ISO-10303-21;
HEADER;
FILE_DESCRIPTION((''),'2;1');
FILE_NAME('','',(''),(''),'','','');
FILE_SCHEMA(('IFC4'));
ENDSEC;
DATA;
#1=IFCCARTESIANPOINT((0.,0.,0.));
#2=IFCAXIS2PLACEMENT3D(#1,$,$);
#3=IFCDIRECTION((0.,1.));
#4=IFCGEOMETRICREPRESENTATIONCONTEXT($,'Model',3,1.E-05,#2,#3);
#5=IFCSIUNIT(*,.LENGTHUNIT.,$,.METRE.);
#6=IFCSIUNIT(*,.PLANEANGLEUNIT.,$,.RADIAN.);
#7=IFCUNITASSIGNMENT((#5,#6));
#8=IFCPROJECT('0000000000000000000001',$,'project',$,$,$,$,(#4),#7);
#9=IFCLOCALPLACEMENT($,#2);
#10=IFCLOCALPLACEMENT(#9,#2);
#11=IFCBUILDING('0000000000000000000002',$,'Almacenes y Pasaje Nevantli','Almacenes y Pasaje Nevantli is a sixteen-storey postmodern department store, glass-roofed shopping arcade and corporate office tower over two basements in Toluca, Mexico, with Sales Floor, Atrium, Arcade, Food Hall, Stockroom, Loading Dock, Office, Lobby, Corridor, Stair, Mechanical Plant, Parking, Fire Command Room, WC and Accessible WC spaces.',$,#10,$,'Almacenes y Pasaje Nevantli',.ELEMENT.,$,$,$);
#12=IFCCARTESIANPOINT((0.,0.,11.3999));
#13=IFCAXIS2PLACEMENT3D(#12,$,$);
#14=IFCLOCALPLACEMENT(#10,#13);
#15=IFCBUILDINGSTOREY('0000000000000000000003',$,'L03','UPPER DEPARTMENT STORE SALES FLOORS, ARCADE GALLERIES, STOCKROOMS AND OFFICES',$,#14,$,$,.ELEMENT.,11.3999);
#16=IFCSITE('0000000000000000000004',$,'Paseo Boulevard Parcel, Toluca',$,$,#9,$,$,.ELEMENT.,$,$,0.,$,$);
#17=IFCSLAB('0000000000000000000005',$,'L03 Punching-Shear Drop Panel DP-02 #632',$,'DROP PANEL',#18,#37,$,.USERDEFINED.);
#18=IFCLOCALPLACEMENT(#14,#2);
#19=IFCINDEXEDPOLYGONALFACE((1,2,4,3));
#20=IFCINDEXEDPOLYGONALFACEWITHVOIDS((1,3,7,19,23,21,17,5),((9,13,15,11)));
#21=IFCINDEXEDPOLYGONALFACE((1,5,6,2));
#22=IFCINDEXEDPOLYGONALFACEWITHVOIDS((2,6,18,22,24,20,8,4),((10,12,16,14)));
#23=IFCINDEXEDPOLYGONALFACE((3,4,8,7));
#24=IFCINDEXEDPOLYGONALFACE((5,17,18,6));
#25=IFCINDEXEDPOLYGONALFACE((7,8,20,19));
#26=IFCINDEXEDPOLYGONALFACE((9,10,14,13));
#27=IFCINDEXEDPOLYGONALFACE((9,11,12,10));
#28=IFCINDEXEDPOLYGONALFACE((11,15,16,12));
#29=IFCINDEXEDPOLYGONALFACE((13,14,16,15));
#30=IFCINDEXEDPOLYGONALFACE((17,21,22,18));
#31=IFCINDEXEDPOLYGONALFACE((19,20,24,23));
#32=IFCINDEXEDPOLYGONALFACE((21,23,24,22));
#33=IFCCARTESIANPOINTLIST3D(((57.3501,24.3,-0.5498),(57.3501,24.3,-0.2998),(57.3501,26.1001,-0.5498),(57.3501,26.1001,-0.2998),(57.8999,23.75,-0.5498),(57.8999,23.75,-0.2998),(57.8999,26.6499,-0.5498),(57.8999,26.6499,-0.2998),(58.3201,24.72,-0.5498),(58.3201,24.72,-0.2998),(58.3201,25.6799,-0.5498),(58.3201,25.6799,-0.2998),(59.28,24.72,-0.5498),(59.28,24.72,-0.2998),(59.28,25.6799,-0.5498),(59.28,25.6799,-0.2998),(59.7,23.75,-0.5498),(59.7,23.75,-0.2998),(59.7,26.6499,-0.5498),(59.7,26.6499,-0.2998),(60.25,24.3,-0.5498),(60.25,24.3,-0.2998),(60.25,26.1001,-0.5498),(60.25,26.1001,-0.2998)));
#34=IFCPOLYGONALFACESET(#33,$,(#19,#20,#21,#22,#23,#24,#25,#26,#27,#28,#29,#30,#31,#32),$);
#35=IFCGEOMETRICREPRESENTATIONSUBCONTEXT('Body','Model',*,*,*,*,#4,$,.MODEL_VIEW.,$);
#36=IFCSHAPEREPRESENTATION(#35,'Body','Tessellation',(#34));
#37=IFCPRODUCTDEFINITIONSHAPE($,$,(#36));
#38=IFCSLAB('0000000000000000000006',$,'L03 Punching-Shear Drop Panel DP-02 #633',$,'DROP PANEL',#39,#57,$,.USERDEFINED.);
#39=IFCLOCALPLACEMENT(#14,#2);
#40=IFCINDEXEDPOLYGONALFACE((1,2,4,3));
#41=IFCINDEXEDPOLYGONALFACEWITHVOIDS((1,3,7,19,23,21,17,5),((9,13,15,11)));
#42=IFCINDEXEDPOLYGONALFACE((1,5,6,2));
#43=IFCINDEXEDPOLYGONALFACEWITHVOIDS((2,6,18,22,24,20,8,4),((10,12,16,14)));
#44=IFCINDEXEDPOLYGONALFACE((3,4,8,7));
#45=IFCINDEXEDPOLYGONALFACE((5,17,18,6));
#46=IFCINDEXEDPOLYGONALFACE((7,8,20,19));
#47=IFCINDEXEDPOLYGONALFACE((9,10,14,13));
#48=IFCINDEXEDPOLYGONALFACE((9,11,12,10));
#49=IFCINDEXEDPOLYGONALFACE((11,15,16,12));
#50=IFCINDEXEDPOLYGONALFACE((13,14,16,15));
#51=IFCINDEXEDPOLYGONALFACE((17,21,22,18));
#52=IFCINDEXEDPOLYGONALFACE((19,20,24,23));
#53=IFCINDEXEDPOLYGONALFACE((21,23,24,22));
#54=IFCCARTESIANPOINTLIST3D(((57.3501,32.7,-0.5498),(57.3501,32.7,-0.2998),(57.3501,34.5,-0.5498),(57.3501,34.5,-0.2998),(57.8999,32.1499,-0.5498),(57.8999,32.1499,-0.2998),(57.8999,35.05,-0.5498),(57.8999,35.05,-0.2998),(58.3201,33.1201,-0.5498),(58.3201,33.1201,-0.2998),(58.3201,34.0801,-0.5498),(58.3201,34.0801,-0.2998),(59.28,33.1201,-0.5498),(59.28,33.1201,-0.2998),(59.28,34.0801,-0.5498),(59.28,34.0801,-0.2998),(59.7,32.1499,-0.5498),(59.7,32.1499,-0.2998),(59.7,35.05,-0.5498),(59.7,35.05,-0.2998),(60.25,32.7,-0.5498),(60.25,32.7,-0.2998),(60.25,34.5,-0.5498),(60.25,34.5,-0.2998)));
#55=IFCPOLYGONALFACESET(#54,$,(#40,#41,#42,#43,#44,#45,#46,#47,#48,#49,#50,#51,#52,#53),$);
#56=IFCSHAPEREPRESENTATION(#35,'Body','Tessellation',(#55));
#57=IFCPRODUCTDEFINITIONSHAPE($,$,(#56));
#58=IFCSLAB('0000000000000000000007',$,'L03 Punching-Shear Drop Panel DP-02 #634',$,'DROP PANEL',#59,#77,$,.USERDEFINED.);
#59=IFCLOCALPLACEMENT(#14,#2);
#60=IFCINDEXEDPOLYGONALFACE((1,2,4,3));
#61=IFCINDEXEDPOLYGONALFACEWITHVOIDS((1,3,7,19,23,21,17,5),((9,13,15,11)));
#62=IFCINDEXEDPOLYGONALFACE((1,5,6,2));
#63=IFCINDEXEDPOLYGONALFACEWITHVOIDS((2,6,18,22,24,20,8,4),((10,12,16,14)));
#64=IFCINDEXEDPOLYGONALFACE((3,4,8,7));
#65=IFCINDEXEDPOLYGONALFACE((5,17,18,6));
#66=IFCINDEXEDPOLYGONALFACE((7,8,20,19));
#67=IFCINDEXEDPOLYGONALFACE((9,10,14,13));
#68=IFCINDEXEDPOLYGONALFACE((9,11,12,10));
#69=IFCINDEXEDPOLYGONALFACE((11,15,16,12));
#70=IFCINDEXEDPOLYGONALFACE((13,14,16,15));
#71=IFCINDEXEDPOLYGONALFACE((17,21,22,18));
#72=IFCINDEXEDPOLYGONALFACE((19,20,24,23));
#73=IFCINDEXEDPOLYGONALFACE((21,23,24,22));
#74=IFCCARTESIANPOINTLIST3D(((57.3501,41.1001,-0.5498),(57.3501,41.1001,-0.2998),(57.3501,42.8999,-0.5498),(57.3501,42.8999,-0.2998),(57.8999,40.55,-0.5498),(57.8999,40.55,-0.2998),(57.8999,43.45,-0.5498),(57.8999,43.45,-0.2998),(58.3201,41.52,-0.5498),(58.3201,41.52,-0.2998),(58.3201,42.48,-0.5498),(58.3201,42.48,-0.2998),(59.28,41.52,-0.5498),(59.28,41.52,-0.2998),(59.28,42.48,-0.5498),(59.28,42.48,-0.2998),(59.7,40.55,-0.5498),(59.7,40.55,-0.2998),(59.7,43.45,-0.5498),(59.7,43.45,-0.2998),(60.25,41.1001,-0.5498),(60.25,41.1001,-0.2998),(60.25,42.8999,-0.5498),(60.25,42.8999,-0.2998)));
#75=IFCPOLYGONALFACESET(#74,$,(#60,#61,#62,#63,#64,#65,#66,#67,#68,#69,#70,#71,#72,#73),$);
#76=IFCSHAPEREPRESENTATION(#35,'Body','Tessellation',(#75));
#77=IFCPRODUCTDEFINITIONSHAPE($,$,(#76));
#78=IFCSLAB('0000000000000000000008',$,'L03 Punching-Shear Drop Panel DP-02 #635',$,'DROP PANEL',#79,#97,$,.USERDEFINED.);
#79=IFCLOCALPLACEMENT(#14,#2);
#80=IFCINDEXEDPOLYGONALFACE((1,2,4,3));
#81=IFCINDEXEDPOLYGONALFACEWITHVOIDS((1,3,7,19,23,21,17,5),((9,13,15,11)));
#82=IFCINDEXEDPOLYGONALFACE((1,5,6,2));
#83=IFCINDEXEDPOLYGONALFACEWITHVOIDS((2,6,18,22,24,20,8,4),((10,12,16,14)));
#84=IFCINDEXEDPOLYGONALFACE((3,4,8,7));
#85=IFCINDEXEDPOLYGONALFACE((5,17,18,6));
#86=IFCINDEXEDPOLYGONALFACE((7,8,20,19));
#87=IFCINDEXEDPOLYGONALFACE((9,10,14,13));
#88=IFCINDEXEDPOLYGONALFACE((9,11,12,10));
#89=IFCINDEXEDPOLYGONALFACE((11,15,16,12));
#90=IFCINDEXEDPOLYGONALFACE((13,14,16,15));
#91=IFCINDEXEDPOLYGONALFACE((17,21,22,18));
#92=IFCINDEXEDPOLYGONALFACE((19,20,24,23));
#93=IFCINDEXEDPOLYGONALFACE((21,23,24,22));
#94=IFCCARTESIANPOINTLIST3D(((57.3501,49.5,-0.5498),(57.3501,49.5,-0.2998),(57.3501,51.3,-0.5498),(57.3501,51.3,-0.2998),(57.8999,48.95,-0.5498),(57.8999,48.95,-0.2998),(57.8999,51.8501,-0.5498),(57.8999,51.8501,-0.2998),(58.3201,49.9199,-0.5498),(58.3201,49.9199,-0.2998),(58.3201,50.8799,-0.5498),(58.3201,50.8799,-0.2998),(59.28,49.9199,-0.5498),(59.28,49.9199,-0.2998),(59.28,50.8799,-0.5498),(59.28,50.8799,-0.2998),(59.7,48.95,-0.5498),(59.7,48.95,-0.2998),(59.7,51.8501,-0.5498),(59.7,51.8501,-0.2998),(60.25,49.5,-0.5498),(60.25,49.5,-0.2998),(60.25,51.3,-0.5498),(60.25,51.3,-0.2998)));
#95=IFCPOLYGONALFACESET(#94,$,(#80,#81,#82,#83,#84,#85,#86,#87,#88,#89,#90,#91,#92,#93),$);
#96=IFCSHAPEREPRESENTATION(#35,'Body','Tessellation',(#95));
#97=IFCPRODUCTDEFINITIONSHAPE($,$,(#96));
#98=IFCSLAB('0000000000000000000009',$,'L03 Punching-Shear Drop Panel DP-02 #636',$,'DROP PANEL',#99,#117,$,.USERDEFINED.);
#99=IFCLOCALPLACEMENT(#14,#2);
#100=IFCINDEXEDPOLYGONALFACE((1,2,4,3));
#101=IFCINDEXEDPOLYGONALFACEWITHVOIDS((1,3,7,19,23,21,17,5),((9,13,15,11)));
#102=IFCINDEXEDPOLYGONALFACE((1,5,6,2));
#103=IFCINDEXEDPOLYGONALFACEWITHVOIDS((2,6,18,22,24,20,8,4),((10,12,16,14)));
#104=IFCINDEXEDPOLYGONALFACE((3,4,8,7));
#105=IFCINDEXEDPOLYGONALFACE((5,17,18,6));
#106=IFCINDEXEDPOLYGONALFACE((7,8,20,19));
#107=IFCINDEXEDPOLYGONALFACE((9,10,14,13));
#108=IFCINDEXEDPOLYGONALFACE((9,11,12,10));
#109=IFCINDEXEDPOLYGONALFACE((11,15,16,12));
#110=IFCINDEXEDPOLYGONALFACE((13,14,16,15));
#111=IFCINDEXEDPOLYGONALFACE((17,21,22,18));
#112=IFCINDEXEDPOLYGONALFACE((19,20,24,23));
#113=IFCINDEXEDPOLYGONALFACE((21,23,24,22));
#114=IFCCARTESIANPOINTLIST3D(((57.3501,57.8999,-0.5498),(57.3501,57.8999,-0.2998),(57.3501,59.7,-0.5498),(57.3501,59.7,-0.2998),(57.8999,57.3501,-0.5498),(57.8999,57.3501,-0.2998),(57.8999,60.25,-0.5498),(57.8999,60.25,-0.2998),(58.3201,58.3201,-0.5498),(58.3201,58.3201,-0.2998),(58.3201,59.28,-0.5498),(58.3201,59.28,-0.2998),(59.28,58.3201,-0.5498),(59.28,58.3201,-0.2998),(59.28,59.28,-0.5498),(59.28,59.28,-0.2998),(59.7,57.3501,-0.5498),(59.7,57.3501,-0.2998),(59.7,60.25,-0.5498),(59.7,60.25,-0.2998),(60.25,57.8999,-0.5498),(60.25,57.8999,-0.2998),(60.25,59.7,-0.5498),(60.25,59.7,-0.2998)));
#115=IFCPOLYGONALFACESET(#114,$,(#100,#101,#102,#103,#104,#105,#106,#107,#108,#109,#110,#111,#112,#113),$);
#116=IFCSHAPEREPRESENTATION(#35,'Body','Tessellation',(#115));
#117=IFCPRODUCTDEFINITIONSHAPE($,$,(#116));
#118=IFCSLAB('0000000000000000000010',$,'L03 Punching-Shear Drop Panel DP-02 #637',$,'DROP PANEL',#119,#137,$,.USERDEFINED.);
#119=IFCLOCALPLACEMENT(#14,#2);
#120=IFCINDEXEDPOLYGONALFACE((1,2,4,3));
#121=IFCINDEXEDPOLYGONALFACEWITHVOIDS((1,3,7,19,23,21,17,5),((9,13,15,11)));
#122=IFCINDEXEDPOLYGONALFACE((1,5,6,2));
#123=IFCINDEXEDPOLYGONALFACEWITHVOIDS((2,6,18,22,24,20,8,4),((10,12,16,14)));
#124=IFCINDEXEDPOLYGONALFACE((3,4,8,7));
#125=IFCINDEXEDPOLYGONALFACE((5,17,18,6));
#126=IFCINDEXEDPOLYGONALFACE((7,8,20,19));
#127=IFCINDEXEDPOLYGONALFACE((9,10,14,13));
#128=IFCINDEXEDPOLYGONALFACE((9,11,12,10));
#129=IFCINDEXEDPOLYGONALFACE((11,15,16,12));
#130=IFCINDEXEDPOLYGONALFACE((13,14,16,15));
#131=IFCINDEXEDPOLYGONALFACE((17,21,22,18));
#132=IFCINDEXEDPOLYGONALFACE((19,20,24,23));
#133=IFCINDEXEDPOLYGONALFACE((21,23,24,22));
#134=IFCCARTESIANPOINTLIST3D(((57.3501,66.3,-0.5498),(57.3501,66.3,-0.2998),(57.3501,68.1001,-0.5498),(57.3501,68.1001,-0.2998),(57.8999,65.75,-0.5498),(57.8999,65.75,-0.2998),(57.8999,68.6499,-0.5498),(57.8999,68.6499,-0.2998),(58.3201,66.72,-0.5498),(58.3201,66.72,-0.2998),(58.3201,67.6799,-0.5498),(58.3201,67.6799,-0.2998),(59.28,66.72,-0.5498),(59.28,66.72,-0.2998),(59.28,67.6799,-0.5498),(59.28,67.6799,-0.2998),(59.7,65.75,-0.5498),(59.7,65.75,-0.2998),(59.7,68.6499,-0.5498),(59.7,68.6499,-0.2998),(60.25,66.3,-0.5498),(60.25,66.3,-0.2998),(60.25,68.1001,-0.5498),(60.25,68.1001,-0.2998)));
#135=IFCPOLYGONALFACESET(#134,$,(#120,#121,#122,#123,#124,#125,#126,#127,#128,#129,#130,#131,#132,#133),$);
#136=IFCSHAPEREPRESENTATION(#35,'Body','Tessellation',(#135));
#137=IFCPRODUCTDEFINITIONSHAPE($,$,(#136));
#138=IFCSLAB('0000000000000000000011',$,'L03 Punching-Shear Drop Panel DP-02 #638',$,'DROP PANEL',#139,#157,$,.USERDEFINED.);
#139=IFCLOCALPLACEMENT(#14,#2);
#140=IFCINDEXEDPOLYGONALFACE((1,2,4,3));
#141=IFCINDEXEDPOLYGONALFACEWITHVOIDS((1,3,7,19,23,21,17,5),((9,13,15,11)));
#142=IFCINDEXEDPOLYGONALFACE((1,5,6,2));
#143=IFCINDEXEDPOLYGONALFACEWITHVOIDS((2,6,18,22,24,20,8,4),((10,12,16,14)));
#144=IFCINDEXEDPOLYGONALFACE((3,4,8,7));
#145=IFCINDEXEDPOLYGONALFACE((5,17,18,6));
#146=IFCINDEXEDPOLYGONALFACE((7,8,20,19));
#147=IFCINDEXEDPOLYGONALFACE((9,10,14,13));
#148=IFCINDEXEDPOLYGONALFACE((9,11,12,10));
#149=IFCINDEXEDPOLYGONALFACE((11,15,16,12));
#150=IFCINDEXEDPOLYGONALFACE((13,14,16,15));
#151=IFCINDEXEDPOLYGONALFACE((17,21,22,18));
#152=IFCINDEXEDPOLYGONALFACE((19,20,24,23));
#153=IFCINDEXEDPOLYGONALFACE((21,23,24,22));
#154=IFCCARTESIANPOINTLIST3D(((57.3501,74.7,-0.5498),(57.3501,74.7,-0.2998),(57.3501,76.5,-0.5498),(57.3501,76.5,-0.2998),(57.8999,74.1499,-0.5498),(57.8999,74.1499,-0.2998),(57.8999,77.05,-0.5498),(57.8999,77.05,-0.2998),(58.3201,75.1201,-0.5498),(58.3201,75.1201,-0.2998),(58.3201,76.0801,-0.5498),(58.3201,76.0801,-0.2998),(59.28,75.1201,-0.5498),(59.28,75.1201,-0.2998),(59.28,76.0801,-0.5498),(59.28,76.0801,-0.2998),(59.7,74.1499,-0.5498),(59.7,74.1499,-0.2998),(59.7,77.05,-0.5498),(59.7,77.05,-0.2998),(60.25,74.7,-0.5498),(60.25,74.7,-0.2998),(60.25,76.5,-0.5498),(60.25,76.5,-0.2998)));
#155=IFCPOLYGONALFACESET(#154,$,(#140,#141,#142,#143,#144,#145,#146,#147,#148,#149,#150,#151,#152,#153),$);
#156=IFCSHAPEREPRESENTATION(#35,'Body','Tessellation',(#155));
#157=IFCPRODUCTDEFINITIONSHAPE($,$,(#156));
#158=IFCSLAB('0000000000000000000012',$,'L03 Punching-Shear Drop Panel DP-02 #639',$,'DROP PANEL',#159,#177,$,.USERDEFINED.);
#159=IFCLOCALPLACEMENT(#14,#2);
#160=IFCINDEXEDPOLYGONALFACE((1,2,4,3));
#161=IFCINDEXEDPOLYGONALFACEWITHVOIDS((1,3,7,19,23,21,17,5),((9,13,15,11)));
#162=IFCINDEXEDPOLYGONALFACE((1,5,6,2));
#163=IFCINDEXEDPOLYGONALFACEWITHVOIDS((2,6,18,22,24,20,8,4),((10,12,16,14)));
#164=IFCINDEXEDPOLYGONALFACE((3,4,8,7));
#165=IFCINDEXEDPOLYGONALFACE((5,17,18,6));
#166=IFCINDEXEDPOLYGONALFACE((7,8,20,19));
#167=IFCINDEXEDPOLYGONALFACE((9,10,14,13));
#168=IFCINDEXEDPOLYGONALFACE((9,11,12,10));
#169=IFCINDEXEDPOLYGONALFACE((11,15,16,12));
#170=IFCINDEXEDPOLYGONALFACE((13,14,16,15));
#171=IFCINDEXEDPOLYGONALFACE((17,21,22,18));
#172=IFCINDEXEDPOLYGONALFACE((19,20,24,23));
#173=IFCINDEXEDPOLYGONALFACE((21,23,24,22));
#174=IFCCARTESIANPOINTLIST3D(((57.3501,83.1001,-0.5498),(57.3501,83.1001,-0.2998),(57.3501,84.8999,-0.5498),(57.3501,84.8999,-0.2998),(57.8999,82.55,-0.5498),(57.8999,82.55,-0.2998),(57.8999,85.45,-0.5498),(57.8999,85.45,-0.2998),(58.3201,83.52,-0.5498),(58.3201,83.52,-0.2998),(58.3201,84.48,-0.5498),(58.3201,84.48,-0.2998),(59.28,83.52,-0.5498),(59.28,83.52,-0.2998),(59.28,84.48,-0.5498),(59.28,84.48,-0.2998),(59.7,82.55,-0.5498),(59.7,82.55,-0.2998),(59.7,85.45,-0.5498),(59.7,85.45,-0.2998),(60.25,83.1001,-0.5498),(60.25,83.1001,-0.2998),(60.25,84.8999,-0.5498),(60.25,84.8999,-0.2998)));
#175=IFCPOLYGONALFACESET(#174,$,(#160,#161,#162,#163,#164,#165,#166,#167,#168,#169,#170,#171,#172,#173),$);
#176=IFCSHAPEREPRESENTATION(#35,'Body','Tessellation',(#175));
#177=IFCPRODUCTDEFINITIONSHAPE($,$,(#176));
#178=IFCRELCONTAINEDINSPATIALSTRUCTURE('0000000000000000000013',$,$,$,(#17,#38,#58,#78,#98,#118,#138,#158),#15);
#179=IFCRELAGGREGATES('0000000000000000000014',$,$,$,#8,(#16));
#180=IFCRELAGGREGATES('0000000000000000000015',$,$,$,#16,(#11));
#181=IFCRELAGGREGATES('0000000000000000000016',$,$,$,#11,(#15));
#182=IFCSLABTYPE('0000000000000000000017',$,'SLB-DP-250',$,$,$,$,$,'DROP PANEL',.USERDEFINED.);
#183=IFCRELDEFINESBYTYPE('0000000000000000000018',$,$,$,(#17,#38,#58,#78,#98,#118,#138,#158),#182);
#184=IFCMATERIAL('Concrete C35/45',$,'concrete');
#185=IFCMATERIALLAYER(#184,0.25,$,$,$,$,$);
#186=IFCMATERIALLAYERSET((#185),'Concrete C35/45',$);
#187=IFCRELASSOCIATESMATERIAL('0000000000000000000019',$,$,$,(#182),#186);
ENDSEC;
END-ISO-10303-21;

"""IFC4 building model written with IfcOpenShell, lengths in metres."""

from ifc_helpers import new_model, si_unit, direction, frame, origin, place, context, subcontext, project, spatial, polyline, outline, extrude, material, layer, layer_set, type_object, element, save


model = new_model("IFC4")

# Units and contexts
model_context = context("Model", 3, precision=1e-05, world=origin(), true_north=direction((0.0, 1.0)))
body_context = subcontext(model_context, "Body", "Model", "MODEL_VIEW")
ifc_project = project(units=[si_unit("LENGTHUNIT", "METRE"), si_unit("PLANEANGLEUNIT", "RADIAN")], contexts=[model_context])

# Site, building, storey
site_placement = place(None, origin())
site = spatial("IfcSite", under=ifc_project, at=site_placement, Name="Paseo Boulevard Parcel, Toluca", CompositionType="ELEMENT", RefElevation=0.0)
building_placement = place(site_placement, origin())
building = spatial("IfcBuilding", under=site, at=building_placement, Name="Almacenes y Pasaje Nevantli", Description="Almacenes y Pasaje Nevantli is a sixteen-storey postmodern department store, glass-roofed shopping arcade and corporate office tower over two basements in Toluca, Mexico, with Sales Floor, Atrium, Arcade, Food Hall, Stockroom, Loading Dock, Office, Lobby, Corridor, Stair, Mechanical Plant, Parking, Fire Command Room, WC and Accessible WC spaces.", LongName="Almacenes y Pasaje Nevantli", CompositionType="ELEMENT")
storey_placement = place(building_placement, frame((0.0, 0.0, 11.3999)))
storey = spatial("IfcBuildingStorey", under=building, at=storey_placement, Name="L03", Description="UPPER DEPARTMENT STORE SALES FLOORS, ARCADE GALLERIES, STOCKROOMS AND OFFICES", CompositionType="ELEMENT", Elevation=11.3999)

# Slabs
ifc_material = material(Name="Concrete C35/45", Category="concrete")
ifc_layer = layer(ifc_material, 0.25)
ifc_layer_set = layer_set([ifc_layer], Name="Concrete C35/45")
slab_type = type_object("IfcSlabType", Name="SLB-DP-250", ElementType="DROP PANEL", PredefinedType="USERDEFINED", material=ifc_layer_set)
slab_1_placement = place(storey_placement, frame((0.0, 0.0, -0.5498)))
element("IfcSlab", 1, at=slab_1_placement, inside=storey, type_object=slab_type, Name="L03 Punching-Shear Drop Panel DP-02 #632", ObjectType="DROP PANEL", PredefinedType="USERDEFINED", context=body_context, shape_type="SweptSolid", body=[
    extrude(outline(polyline([(57.8999, 23.75), (59.7, 23.75), (60.25, 24.3), (60.25, 26.1001), (59.7, 26.6499), (57.8999, 26.6499), (57.3501, 26.1001), (57.3501, 24.3), (57.8999, 23.75)]), holes=[polyline([(58.3201, 24.72), (59.28, 24.72), (59.28, 25.6799), (58.3201, 25.6799), (58.3201, 24.72)])]), origin(), (0.0, 0.0, 1.0), 0.25),
])
slab_2_placement = place(storey_placement, frame((0.0, 0.0, -0.5498)))
element("IfcSlab", 2, at=slab_2_placement, inside=storey, type_object=slab_type, Name="L03 Punching-Shear Drop Panel DP-02 #633", ObjectType="DROP PANEL", PredefinedType="USERDEFINED", context=body_context, shape_type="SweptSolid", body=[
    extrude(outline(polyline([(57.8999, 32.1499), (59.7, 32.1499), (60.25, 32.7), (60.25, 34.5), (59.7, 35.05), (57.8999, 35.05), (57.3501, 34.5), (57.3501, 32.7), (57.8999, 32.1499)]), holes=[polyline([(58.3201, 33.1201), (59.28, 33.1201), (59.28, 34.0801), (58.3201, 34.0801), (58.3201, 33.1201)])]), origin(), (0.0, 0.0, 1.0), 0.25),
])
slab_3_placement = place(storey_placement, frame((0.0, 0.0, -0.5498)))
element("IfcSlab", 3, at=slab_3_placement, inside=storey, type_object=slab_type, Name="L03 Punching-Shear Drop Panel DP-02 #634", ObjectType="DROP PANEL", PredefinedType="USERDEFINED", context=body_context, shape_type="SweptSolid", body=[
    extrude(outline(polyline([(57.8999, 40.55), (59.7, 40.55), (60.25, 41.1001), (60.25, 42.8999), (59.7, 43.45), (57.8999, 43.45), (57.3501, 42.8999), (57.3501, 41.1001), (57.8999, 40.55)]), holes=[polyline([(58.3201, 41.52), (59.28, 41.52), (59.28, 42.48), (58.3201, 42.48), (58.3201, 41.52)])]), origin(), (0.0, 0.0, 1.0), 0.25),
])
slab_4_placement = place(storey_placement, frame((0.0, 0.0, -0.5498)))
element("IfcSlab", 4, at=slab_4_placement, inside=storey, type_object=slab_type, Name="L03 Punching-Shear Drop Panel DP-02 #635", ObjectType="DROP PANEL", PredefinedType="USERDEFINED", context=body_context, shape_type="SweptSolid", body=[
    extrude(outline(polyline([(57.8999, 48.95), (59.7, 48.95), (60.25, 49.5), (60.25, 51.3), (59.7, 51.8501), (57.8999, 51.8501), (57.3501, 51.3), (57.3501, 49.5), (57.8999, 48.95)]), holes=[polyline([(58.3201, 49.9199), (59.28, 49.9199), (59.28, 50.8799), (58.3201, 50.8799), (58.3201, 49.9199)])]), origin(), (0.0, 0.0, 1.0), 0.25),
])
slab_5_placement = place(storey_placement, frame((0.0, 0.0, -0.5498)))
element("IfcSlab", 5, at=slab_5_placement, inside=storey, type_object=slab_type, Name="L03 Punching-Shear Drop Panel DP-02 #636", ObjectType="DROP PANEL", PredefinedType="USERDEFINED", context=body_context, shape_type="SweptSolid", body=[
    extrude(outline(polyline([(57.8999, 57.3501), (59.7, 57.3501), (60.25, 57.8999), (60.25, 59.7), (59.7, 60.25), (57.8999, 60.25), (57.3501, 59.7), (57.3501, 57.8999), (57.8999, 57.3501)]), holes=[polyline([(58.3201, 58.3201), (59.28, 58.3201), (59.28, 59.28), (58.3201, 59.28), (58.3201, 58.3201)])]), origin(), (0.0, 0.0, 1.0), 0.25),
])
slab_6_placement = place(storey_placement, frame((0.0, 0.0, -0.5498)))
element("IfcSlab", 6, at=slab_6_placement, inside=storey, type_object=slab_type, Name="L03 Punching-Shear Drop Panel DP-02 #637", ObjectType="DROP PANEL", PredefinedType="USERDEFINED", context=body_context, shape_type="SweptSolid", body=[
    extrude(outline(polyline([(57.8999, 65.75), (59.7, 65.75), (60.25, 66.3), (60.25, 68.1001), (59.7, 68.6499), (57.8999, 68.6499), (57.3501, 68.1001), (57.3501, 66.3), (57.8999, 65.75)]), holes=[polyline([(58.3201, 66.72), (59.28, 66.72), (59.28, 67.6799), (58.3201, 67.6799), (58.3201, 66.72)])]), origin(), (0.0, 0.0, 1.0), 0.25),
])
slab_7_placement = place(storey_placement, frame((0.0, 0.0, -0.5498)))
element("IfcSlab", 7, at=slab_7_placement, inside=storey, type_object=slab_type, Name="L03 Punching-Shear Drop Panel DP-02 #638", ObjectType="DROP PANEL", PredefinedType="USERDEFINED", context=body_context, shape_type="SweptSolid", body=[
    extrude(outline(polyline([(57.8999, 74.1499), (59.7, 74.1499), (60.25, 74.7), (60.25, 76.5), (59.7, 77.05), (57.8999, 77.05), (57.3501, 76.5), (57.3501, 74.7), (57.8999, 74.1499)]), holes=[polyline([(58.3201, 75.1201), (59.28, 75.1201), (59.28, 76.0801), (58.3201, 76.0801), (58.3201, 75.1201)])]), origin(), (0.0, 0.0, 1.0), 0.25),
])
slab_8_placement = place(storey_placement, frame((0.0, 0.0, -0.5498)))
element("IfcSlab", 8, at=slab_8_placement, inside=storey, type_object=slab_type, Name="L03 Punching-Shear Drop Panel DP-02 #639", ObjectType="DROP PANEL", PredefinedType="USERDEFINED", context=body_context, shape_type="SweptSolid", body=[
    extrude(outline(polyline([(57.8999, 82.55), (59.7, 82.55), (60.25, 83.1001), (60.25, 84.8999), (59.7, 85.45), (57.8999, 85.45), (57.3501, 84.8999), (57.3501, 83.1001), (57.8999, 82.55)]), holes=[polyline([(58.3201, 83.52), (59.28, 83.52), (59.28, 84.48), (58.3201, 84.48), (58.3201, 83.52)])]), origin(), (0.0, 0.0, 1.0), 0.25),
])

save(model, "model.ifc")
